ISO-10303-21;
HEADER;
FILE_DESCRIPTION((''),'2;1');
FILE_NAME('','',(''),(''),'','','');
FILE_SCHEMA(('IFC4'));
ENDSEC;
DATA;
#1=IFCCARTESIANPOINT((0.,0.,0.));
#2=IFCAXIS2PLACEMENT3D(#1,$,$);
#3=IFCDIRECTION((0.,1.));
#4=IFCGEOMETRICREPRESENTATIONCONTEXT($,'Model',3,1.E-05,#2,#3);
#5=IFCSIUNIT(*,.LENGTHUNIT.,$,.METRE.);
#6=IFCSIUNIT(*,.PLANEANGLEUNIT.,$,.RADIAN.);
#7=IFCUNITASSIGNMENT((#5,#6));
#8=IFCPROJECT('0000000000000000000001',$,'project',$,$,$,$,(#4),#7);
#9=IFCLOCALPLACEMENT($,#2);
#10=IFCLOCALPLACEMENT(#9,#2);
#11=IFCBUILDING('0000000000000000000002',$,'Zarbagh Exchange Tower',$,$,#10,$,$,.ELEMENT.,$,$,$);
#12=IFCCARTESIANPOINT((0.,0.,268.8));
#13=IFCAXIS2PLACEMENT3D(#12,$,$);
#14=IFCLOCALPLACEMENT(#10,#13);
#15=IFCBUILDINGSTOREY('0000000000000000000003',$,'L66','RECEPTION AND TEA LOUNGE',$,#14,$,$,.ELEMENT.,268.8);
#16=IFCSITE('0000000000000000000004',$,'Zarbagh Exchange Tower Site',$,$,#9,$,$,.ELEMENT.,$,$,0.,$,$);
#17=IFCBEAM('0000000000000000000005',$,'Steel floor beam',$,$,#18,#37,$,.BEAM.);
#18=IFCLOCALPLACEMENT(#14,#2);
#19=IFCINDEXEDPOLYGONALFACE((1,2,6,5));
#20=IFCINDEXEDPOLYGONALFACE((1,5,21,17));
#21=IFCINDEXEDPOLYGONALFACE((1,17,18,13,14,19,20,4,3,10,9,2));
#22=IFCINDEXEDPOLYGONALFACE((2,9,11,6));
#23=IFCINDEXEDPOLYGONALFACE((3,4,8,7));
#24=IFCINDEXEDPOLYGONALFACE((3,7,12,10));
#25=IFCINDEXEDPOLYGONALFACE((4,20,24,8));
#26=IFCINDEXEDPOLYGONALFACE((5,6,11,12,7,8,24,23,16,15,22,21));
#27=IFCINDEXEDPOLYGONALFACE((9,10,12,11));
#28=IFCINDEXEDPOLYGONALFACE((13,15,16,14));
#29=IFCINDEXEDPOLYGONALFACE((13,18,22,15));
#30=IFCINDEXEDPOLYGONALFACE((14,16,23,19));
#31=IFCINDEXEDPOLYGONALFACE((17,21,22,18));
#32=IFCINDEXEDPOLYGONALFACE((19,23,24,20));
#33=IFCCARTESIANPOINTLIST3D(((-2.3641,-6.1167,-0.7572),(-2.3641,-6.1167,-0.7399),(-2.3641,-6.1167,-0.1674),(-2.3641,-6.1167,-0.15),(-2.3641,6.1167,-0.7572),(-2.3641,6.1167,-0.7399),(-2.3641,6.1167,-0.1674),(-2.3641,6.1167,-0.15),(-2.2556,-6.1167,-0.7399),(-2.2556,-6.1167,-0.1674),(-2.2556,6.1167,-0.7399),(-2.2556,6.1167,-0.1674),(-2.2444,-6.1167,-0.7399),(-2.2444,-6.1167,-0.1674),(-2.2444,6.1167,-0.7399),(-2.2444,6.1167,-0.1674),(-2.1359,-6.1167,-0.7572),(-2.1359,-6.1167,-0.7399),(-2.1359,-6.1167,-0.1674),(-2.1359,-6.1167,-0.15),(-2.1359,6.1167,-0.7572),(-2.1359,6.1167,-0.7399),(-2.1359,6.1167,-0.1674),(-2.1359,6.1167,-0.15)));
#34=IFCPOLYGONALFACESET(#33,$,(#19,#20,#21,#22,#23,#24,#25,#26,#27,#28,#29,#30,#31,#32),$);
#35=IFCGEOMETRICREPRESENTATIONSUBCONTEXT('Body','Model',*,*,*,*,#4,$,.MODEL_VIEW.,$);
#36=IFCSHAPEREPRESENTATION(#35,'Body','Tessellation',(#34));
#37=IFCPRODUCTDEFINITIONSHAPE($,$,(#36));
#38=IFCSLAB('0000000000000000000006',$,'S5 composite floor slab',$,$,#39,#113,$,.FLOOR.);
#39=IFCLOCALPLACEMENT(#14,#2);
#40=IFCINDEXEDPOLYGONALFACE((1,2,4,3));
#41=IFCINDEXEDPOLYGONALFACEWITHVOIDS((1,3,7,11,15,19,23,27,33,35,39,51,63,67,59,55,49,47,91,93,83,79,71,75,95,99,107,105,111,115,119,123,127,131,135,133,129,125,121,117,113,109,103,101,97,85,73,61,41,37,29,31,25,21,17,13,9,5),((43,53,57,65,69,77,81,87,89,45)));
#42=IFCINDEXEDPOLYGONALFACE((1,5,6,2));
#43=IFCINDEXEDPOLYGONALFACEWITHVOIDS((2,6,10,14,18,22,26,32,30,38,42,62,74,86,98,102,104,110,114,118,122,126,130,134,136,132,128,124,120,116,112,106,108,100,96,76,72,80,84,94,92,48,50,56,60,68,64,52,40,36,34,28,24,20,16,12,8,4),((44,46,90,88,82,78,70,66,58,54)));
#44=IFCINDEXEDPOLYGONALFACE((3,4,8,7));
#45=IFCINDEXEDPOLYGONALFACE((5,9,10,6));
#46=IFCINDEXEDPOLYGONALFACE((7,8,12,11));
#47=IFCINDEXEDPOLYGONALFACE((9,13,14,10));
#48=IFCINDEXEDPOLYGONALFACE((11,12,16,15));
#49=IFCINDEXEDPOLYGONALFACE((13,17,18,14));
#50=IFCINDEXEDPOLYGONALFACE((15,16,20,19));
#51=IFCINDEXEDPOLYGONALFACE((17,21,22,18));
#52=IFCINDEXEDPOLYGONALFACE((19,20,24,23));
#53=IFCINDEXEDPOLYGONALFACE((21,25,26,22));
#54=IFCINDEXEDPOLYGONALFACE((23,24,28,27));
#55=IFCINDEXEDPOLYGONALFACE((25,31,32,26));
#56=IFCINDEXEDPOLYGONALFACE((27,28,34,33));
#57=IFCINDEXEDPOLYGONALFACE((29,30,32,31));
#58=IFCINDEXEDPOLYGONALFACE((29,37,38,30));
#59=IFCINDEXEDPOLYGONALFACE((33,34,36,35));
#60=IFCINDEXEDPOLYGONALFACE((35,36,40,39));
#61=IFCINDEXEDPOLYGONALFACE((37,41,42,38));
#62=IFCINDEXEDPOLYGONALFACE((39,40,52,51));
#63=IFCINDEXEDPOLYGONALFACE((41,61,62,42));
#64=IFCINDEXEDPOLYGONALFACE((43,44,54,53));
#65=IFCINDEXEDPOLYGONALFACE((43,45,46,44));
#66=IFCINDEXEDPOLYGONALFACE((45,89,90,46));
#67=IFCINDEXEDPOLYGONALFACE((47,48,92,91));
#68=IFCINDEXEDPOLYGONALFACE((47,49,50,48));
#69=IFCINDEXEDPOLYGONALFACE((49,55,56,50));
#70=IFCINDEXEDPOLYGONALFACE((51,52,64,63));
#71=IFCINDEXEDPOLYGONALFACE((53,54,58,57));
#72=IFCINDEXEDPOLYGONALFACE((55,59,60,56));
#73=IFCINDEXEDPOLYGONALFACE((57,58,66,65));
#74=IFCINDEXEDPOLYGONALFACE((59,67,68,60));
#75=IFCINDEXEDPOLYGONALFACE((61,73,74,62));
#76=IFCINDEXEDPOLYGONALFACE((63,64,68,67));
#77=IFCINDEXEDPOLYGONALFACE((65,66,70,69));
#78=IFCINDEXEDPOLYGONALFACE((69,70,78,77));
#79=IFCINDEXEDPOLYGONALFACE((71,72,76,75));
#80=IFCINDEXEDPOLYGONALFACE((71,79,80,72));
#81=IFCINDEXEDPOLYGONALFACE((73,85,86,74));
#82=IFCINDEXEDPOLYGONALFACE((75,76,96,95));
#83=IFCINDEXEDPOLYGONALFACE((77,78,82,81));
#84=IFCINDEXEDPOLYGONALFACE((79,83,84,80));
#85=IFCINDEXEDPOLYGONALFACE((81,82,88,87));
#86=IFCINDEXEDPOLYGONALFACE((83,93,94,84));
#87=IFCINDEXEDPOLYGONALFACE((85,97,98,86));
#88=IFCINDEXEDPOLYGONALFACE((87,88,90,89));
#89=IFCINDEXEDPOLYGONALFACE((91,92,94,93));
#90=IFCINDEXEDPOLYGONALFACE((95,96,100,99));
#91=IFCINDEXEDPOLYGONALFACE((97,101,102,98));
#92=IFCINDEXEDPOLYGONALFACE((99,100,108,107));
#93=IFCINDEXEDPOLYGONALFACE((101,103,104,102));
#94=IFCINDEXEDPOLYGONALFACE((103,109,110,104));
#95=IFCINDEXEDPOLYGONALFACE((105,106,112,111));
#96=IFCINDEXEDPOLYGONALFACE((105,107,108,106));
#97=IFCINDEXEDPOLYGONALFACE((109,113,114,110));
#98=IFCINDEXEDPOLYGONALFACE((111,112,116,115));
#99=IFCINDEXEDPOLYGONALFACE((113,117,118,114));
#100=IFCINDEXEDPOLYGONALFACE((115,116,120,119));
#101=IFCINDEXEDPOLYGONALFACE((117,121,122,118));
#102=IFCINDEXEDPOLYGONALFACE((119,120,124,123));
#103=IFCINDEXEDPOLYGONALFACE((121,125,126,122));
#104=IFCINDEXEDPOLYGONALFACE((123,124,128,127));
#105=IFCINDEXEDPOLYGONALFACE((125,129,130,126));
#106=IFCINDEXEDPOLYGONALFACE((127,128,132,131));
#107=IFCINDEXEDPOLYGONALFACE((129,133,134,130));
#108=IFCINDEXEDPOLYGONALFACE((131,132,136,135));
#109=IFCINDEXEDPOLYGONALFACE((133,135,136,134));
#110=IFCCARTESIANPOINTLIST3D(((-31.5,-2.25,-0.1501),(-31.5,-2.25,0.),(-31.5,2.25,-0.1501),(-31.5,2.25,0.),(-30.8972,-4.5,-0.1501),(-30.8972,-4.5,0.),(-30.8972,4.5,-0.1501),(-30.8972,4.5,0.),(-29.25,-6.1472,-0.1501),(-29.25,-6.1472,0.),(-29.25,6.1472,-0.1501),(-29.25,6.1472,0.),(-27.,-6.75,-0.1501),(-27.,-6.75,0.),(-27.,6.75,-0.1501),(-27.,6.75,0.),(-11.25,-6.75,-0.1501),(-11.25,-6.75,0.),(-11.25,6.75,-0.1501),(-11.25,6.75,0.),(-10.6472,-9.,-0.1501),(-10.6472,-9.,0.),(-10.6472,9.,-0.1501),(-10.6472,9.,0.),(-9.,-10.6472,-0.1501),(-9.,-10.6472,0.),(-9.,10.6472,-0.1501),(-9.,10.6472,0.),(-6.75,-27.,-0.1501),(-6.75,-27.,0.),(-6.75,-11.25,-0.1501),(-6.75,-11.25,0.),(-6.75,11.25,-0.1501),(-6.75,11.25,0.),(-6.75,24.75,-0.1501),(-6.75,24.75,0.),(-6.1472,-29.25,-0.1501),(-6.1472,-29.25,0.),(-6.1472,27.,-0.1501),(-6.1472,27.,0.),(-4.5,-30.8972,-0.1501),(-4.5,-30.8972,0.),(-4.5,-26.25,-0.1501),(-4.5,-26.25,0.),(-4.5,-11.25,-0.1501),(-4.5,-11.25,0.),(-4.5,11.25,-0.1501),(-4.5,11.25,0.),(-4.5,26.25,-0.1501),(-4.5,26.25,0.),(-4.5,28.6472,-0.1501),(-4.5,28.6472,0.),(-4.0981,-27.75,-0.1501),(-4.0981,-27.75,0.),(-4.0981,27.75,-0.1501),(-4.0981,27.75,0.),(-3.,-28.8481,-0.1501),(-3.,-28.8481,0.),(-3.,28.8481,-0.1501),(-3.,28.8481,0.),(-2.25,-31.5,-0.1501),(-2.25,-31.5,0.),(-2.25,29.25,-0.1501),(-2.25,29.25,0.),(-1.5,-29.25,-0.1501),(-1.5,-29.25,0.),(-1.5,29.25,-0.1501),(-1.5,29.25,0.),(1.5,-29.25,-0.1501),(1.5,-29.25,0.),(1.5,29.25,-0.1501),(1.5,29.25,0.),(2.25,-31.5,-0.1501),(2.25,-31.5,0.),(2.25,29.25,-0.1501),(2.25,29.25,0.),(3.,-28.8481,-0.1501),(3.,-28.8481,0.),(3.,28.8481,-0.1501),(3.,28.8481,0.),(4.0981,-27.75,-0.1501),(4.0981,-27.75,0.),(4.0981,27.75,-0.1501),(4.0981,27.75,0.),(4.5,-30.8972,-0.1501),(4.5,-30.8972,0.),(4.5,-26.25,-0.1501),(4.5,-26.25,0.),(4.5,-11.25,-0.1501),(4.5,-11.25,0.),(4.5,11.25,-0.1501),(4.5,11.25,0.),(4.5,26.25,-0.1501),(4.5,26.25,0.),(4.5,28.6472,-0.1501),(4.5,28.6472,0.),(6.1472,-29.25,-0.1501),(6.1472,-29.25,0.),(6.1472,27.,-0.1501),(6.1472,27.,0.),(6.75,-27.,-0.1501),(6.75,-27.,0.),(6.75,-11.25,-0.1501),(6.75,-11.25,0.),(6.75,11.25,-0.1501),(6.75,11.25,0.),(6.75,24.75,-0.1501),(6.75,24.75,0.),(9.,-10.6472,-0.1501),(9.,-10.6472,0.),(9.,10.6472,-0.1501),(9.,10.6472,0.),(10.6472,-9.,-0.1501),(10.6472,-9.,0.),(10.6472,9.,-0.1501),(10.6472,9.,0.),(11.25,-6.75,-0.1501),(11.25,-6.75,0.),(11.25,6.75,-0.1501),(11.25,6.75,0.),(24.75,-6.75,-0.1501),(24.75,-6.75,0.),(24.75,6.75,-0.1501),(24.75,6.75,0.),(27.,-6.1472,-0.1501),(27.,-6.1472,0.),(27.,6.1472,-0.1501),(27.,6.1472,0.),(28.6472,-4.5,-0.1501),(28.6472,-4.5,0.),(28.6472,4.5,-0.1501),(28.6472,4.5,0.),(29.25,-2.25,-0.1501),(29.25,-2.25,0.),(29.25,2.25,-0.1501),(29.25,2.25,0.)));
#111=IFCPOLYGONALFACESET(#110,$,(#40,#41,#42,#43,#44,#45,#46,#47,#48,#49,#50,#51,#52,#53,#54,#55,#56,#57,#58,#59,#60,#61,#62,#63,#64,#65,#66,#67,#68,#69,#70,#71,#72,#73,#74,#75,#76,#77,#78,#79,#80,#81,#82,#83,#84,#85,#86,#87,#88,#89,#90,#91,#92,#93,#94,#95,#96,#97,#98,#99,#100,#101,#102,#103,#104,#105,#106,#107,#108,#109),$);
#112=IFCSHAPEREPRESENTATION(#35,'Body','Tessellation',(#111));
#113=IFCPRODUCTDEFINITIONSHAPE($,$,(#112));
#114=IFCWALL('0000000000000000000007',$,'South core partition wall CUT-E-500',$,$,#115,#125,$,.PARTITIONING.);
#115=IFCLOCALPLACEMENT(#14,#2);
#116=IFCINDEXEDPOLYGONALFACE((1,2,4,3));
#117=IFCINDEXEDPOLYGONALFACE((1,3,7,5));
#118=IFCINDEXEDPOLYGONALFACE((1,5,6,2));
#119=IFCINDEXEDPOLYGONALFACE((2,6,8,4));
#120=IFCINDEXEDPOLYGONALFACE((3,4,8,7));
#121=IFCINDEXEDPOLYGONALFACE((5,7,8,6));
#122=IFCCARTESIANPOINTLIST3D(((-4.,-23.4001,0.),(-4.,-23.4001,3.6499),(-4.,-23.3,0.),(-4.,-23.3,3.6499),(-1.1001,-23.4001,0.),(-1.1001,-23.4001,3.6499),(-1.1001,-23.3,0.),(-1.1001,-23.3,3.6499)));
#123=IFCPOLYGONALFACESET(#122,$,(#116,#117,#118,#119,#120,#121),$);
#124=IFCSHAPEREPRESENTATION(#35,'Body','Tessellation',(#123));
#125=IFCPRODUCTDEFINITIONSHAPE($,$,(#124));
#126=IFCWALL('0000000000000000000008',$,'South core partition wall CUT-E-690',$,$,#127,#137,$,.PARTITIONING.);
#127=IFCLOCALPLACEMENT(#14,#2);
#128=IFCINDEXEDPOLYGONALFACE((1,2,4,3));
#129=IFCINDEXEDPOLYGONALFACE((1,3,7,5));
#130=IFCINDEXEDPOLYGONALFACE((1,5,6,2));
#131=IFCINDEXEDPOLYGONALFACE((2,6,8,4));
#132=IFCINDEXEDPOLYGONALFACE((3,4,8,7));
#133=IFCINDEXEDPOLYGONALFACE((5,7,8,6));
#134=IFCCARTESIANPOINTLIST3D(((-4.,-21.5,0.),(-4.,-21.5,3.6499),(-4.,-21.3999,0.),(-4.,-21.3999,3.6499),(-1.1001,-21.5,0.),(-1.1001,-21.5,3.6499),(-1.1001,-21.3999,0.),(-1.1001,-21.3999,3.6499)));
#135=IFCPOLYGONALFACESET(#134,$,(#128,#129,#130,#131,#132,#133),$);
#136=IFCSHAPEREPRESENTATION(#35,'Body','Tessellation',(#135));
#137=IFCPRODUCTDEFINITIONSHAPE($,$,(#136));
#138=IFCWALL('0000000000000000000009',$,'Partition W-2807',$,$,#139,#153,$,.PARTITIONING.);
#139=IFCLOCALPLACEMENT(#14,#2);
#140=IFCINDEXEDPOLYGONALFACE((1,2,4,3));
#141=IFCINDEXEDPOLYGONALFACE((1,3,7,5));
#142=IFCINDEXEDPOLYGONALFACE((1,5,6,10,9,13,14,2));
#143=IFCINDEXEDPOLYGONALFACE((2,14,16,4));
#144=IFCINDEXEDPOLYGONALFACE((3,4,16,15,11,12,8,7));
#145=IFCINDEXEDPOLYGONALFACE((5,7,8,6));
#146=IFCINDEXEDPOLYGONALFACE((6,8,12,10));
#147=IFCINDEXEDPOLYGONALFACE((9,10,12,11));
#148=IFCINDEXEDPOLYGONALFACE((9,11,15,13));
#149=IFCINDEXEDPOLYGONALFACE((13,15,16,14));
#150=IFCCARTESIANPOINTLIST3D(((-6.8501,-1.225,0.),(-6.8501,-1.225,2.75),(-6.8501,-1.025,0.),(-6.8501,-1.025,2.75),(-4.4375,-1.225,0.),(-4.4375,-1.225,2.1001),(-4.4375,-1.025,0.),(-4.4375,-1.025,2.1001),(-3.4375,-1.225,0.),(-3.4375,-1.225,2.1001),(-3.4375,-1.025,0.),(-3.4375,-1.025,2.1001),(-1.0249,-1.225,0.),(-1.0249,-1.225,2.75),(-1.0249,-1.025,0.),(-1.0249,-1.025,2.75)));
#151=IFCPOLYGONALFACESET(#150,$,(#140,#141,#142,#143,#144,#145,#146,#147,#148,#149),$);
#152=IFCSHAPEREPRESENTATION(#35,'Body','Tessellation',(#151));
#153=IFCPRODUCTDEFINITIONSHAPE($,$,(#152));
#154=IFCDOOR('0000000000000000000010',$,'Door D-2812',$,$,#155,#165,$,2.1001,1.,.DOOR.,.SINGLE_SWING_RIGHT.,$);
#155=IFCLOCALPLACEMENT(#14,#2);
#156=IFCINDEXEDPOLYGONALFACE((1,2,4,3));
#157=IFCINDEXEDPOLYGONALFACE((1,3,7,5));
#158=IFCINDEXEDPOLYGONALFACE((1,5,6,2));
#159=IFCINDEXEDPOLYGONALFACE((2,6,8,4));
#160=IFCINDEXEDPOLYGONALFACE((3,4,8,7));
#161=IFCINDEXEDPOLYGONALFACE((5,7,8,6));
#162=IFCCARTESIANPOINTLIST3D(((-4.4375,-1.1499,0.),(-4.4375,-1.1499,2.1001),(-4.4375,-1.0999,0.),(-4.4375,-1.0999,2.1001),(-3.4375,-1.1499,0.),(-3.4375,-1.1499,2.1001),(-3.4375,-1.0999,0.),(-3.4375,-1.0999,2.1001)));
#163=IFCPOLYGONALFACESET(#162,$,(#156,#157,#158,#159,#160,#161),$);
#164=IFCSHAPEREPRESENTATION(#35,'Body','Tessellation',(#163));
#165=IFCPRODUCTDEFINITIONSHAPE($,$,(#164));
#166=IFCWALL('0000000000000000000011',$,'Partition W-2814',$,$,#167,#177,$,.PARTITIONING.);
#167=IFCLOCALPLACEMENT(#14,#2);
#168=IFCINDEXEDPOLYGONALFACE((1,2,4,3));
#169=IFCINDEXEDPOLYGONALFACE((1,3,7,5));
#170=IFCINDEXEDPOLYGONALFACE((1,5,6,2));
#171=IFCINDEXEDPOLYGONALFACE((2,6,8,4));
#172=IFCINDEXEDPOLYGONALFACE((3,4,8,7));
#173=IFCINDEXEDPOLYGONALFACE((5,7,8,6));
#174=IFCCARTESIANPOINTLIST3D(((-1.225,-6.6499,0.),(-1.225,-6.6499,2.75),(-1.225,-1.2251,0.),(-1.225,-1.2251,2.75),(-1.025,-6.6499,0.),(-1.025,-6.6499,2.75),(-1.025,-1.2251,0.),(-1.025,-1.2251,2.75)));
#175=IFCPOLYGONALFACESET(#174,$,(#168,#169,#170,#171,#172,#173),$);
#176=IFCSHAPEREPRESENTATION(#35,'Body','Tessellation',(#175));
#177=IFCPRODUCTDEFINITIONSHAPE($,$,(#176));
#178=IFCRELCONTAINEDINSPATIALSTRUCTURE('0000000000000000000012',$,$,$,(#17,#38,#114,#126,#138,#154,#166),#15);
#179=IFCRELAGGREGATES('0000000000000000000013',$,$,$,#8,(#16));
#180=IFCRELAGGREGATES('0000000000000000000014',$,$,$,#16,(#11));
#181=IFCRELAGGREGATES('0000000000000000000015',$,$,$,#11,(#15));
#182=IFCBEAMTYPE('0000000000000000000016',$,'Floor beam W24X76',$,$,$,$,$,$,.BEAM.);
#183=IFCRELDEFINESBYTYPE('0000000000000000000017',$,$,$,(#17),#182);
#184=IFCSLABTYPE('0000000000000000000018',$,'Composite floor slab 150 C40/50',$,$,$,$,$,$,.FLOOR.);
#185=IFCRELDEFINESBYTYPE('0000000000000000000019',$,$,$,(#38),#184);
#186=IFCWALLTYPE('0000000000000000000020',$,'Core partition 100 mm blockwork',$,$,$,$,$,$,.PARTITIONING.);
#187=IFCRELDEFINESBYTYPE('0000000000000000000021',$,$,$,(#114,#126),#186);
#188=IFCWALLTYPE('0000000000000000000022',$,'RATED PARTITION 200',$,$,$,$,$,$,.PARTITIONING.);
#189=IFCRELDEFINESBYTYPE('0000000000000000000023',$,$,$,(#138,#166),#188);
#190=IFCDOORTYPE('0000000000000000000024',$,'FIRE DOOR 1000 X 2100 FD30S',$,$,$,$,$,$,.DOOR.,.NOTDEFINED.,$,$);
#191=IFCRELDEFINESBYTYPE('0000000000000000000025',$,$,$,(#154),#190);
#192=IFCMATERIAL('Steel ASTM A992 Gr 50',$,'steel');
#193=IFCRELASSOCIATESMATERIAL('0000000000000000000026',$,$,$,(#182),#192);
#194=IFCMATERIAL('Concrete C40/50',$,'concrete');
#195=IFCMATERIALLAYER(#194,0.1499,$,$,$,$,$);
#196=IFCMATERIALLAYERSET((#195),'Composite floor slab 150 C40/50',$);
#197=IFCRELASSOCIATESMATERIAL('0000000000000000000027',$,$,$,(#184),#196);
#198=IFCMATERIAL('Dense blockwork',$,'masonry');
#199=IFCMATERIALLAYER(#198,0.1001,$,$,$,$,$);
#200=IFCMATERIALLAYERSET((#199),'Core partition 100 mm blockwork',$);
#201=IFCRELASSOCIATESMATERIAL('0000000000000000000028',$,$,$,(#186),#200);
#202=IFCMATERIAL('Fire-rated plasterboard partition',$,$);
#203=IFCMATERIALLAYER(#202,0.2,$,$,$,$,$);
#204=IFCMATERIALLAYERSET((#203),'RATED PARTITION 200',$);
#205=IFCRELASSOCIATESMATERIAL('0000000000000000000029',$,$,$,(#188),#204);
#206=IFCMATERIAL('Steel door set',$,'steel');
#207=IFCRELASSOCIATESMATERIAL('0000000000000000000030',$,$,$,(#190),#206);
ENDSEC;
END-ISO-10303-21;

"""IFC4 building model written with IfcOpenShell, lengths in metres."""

from ifc_helpers import new_model, si_unit, direction, frame, frame_2d, origin, origin_2d, place, context, subcontext, project, spatial, polyline, rectangle, i_section, outline, extrude, material, layer, layer_set, material_profile, profile_set, type_object, element, fill, save


model = new_model("IFC4")

# Units and contexts
model_context = context("Model", 3, precision=1e-05, world=origin(), true_north=direction((0.0, 1.0)))
body_context = subcontext(model_context, "Body", "Model", "MODEL_VIEW")
ifc_project = project(units=[si_unit("LENGTHUNIT", "METRE"), si_unit("PLANEANGLEUNIT", "RADIAN")], contexts=[model_context])

# Site, building, storey
site_placement = place(None, origin())
site = spatial("IfcSite", under=ifc_project, at=site_placement, Name="Zarbagh Exchange Tower Site", CompositionType="ELEMENT", RefElevation=0.0)
building_placement = place(site_placement, origin())
building = spatial("IfcBuilding", under=site, at=building_placement, Name="Zarbagh Exchange Tower", CompositionType="ELEMENT")
storey_placement = place(building_placement, frame((0.0, 0.0, 268.8)))
storey = spatial("IfcBuildingStorey", under=building, at=storey_placement, Name="L66", Description="RECEPTION AND TEA LOUNGE", CompositionType="ELEMENT", Elevation=268.8)

# Beam
ifc_material_1 = material(Name="Steel ASTM A992 Gr 50", Category="steel")
ifc_material_profile = material_profile(ifc_material_1, i_section(OverallWidth=0.2283, OverallDepth=0.6072, WebThickness=0.0112, FlangeThickness=0.0173, at=origin_2d()), Name="W24X76")
ifc_profile_set = profile_set([ifc_material_profile], Name="Steel ASTM A992 Gr 50")
beam_type = type_object("IfcBeamType", Name="Floor beam W24X76", PredefinedType="BEAM", material=ifc_profile_set)
beam_placement = place(storey_placement, frame((-2.25, -6.1167, -0.4536), z_axis=(0.0, 1.0, 0.0), x_axis=(-1.0, 0.0, 0.0)))
element("IfcBeam", 1, at=beam_placement, inside=storey, type_object=beam_type, Name="Steel floor beam", PredefinedType="BEAM", context=body_context, shape_type="SweptSolid", body=[
    extrude(i_section(OverallWidth=0.2283, OverallDepth=0.6072, WebThickness=0.0112, FlangeThickness=0.0173, at=origin_2d()), origin(), (0.0, 0.0, 1.0), 12.2334),
])

# Slab
ifc_material_2 = material(Name="Concrete C40/50", Category="concrete")
ifc_layer_1 = layer(ifc_material_2, 0.1499)
ifc_layer_set_1 = layer_set([ifc_layer_1], Name="Composite floor slab 150 C40/50")
slab_type = type_object("IfcSlabType", Name="Composite floor slab 150 C40/50", PredefinedType="FLOOR", material=ifc_layer_set_1)
slab_placement = place(storey_placement, frame((0.0, 0.0, -0.1501)))
element("IfcSlab", 2, at=slab_placement, inside=storey, type_object=slab_type, Name="S5 composite floor slab", PredefinedType="FLOOR", context=body_context, shape_type="SweptSolid", body=[
    extrude(outline(polyline([(-2.25, -31.5), (-4.5, -30.8972), (-6.1472, -29.25), (-6.75, -27.0), (-6.75, -11.25), (-9.0, -10.6472), (-10.6472, -9.0), (-11.25, -6.75), (-27.0, -6.75), (-29.25, -6.1472), (-30.8972, -4.5), (-31.5, -2.25), (-31.5, 2.25), (-30.8972, 4.5), (-29.25, 6.1472), (-27.0, 6.75), (-11.25, 6.75), (-10.6472, 9.0), (-9.0, 10.6472), (-6.75, 11.25), (-6.75, 24.75), (-6.1472, 27.0), (-4.5, 28.6472), (-2.25, 29.25), (-1.5, 29.25), (-3.0, 28.8481), (-4.0981, 27.75), (-4.5, 26.25), (-4.5, 11.25), (4.5, 11.25), (4.5, 26.25), (4.0981, 27.75), (3.0, 28.8481), (1.5, 29.25), (2.25, 29.25), (4.5, 28.6472), (6.1472, 27.0), (6.75, 24.75), (6.75, 11.25), (9.0, 10.6472), (10.6472, 9.0), (11.25, 6.75), (24.75, 6.75), (27.0, 6.1472), (28.6472, 4.5), (29.25, 2.25), (29.25, -2.25), (28.6472, -4.5), (27.0, -6.1472), (24.75, -6.75), (11.25, -6.75), (10.6472, -9.0), (9.0, -10.6472), (6.75, -11.25), (6.75, -27.0), (6.1472, -29.25), (4.5, -30.8972), (2.25, -31.5), (-2.25, -31.5)]), holes=[polyline([(-1.5, -29.25), (1.5, -29.25), (3.0, -28.8481), (4.0981, -27.75), (4.5, -26.25), (4.5, -11.25), (-4.5, -11.25), (-4.5, -26.25), (-4.0981, -27.75), (-3.0, -28.8481), (-1.5, -29.25)])]), origin(), (0.0, 0.0, 1.0), 0.1501),
])

# Walls
ifc_material_3 = material(Name="Dense blockwork", Category="masonry")
ifc_layer_2 = layer(ifc_material_3, 0.1001)
ifc_layer_set_2 = layer_set([ifc_layer_2], Name="Core partition 100 mm blockwork")
wall_type_1 = type_object("IfcWallType", Name="Core partition 100 mm blockwork", PredefinedType="PARTITIONING", material=ifc_layer_set_2)
for number, where, z_axis, x_axis, name in (
    (3, (-1.1001, -23.3501, 0.0), (0.0, 0.0, 1.0), (-1.0, 0.0, 0.0), "South core partition wall CUT-E-500"),
    (4, (-1.1001, -21.45, 0.0), (0.0, 0.0, 1.0), (-1.0, 0.0, 0.0), "South core partition wall CUT-E-690"),
):
    element("IfcWall", number, at=place(storey_placement, frame(where, z_axis=z_axis, x_axis=x_axis)), inside=storey, type_object=wall_type_1, Name=name, PredefinedType="PARTITIONING", context=body_context, shape_type="SweptSolid", body=[
        extrude(rectangle(XDim=2.8999, YDim=0.1001, at=frame_2d((1.45, 0.0))), origin(), (0.0, 0.0, 1.0), 3.6499),
    ])

# Wall, opening, door
ifc_material_4 = material(Name="Fire-rated plasterboard partition")
ifc_layer_3 = layer(ifc_material_4, 0.2)
ifc_layer_set_3 = layer_set([ifc_layer_3], Name="RATED PARTITION 200")
wall_type_2 = type_object("IfcWallType", Name="RATED PARTITION 200", PredefinedType="PARTITIONING", material=ifc_layer_set_3)
wall_1_placement = place(storey_placement, frame((-1.0249, -1.125, 0.0), z_axis=(0.0, 0.0, 1.0), x_axis=(-1.0, 0.0, 0.0)))
wall_1 = element("IfcWall", 5, at=wall_1_placement, inside=storey, type_object=wall_type_2, Name="Partition W-2807", PredefinedType="PARTITIONING", context=body_context, shape_type="SweptSolid", body=[
    extrude(rectangle(XDim=5.8252, YDim=0.2, at=frame_2d((2.9126, 0.0))), origin(), (0.0, 0.0, 1.0), 2.75),
])
opening_1_placement = place(wall_1_placement, frame((2.4126, 0.0, 0.0)))
opening_1 = element("IfcOpeningElement", 6, at=opening_1_placement, cuts=wall_1, PredefinedType="OPENING", context=body_context, shape_type="SweptSolid", body=[
    extrude(rectangle(XDim=1.0, YDim=2.1001, at=frame_2d((0.5, 1.05))), frame((0.0, 0.1099, 0.0), z_axis=(0.0, -1.0, 0.0), x_axis=(1.0, 0.0, 0.0)), (0.0, 0.0, 1.0), 0.22),
])
ifc_material_5 = material(Name="Steel door set", Category="steel")
door_type_1 = type_object("IfcDoorType", Name="FIRE DOOR 1000 X 2100 FD30S", OperationType="NOTDEFINED", PredefinedType="DOOR", material=ifc_material_5)
door_1_placement = place(opening_1_placement, origin())
door_1 = element("IfcDoor", 7, at=door_1_placement, inside=storey, type_object=door_type_1, Name="Door D-2812", OperationType="SINGLE_SWING_RIGHT", OverallHeight=2.1001, OverallWidth=1.0, PredefinedType="DOOR", context=body_context, shape_type="SweptSolid", body=[
    extrude(rectangle(XDim=1.0, YDim=2.1001, at=frame_2d((0.5, 1.05))), frame((0.0, 0.0249, 0.0), z_axis=(0.0, -1.0, 0.0), x_axis=(1.0, 0.0, 0.0)), (0.0, 0.0, 1.0), 0.05),
])
fill(opening_1, door_1)

# Wall
wall_2_placement = place(storey_placement, frame((-1.125, -6.6499, 0.0), z_axis=(0.0, 0.0, 1.0), x_axis=(0.0, 1.0, 0.0)))
element("IfcWall", 8, at=wall_2_placement, inside=storey, type_object=wall_type_2, Name="Partition W-2814", PredefinedType="PARTITIONING", context=body_context, shape_type="SweptSolid", body=[
    extrude(rectangle(XDim=5.4248, YDim=0.2, at=frame_2d((2.7124, 0.0))), origin(), (0.0, 0.0, 1.0), 2.75),
])

save(model, "model.ifc")
